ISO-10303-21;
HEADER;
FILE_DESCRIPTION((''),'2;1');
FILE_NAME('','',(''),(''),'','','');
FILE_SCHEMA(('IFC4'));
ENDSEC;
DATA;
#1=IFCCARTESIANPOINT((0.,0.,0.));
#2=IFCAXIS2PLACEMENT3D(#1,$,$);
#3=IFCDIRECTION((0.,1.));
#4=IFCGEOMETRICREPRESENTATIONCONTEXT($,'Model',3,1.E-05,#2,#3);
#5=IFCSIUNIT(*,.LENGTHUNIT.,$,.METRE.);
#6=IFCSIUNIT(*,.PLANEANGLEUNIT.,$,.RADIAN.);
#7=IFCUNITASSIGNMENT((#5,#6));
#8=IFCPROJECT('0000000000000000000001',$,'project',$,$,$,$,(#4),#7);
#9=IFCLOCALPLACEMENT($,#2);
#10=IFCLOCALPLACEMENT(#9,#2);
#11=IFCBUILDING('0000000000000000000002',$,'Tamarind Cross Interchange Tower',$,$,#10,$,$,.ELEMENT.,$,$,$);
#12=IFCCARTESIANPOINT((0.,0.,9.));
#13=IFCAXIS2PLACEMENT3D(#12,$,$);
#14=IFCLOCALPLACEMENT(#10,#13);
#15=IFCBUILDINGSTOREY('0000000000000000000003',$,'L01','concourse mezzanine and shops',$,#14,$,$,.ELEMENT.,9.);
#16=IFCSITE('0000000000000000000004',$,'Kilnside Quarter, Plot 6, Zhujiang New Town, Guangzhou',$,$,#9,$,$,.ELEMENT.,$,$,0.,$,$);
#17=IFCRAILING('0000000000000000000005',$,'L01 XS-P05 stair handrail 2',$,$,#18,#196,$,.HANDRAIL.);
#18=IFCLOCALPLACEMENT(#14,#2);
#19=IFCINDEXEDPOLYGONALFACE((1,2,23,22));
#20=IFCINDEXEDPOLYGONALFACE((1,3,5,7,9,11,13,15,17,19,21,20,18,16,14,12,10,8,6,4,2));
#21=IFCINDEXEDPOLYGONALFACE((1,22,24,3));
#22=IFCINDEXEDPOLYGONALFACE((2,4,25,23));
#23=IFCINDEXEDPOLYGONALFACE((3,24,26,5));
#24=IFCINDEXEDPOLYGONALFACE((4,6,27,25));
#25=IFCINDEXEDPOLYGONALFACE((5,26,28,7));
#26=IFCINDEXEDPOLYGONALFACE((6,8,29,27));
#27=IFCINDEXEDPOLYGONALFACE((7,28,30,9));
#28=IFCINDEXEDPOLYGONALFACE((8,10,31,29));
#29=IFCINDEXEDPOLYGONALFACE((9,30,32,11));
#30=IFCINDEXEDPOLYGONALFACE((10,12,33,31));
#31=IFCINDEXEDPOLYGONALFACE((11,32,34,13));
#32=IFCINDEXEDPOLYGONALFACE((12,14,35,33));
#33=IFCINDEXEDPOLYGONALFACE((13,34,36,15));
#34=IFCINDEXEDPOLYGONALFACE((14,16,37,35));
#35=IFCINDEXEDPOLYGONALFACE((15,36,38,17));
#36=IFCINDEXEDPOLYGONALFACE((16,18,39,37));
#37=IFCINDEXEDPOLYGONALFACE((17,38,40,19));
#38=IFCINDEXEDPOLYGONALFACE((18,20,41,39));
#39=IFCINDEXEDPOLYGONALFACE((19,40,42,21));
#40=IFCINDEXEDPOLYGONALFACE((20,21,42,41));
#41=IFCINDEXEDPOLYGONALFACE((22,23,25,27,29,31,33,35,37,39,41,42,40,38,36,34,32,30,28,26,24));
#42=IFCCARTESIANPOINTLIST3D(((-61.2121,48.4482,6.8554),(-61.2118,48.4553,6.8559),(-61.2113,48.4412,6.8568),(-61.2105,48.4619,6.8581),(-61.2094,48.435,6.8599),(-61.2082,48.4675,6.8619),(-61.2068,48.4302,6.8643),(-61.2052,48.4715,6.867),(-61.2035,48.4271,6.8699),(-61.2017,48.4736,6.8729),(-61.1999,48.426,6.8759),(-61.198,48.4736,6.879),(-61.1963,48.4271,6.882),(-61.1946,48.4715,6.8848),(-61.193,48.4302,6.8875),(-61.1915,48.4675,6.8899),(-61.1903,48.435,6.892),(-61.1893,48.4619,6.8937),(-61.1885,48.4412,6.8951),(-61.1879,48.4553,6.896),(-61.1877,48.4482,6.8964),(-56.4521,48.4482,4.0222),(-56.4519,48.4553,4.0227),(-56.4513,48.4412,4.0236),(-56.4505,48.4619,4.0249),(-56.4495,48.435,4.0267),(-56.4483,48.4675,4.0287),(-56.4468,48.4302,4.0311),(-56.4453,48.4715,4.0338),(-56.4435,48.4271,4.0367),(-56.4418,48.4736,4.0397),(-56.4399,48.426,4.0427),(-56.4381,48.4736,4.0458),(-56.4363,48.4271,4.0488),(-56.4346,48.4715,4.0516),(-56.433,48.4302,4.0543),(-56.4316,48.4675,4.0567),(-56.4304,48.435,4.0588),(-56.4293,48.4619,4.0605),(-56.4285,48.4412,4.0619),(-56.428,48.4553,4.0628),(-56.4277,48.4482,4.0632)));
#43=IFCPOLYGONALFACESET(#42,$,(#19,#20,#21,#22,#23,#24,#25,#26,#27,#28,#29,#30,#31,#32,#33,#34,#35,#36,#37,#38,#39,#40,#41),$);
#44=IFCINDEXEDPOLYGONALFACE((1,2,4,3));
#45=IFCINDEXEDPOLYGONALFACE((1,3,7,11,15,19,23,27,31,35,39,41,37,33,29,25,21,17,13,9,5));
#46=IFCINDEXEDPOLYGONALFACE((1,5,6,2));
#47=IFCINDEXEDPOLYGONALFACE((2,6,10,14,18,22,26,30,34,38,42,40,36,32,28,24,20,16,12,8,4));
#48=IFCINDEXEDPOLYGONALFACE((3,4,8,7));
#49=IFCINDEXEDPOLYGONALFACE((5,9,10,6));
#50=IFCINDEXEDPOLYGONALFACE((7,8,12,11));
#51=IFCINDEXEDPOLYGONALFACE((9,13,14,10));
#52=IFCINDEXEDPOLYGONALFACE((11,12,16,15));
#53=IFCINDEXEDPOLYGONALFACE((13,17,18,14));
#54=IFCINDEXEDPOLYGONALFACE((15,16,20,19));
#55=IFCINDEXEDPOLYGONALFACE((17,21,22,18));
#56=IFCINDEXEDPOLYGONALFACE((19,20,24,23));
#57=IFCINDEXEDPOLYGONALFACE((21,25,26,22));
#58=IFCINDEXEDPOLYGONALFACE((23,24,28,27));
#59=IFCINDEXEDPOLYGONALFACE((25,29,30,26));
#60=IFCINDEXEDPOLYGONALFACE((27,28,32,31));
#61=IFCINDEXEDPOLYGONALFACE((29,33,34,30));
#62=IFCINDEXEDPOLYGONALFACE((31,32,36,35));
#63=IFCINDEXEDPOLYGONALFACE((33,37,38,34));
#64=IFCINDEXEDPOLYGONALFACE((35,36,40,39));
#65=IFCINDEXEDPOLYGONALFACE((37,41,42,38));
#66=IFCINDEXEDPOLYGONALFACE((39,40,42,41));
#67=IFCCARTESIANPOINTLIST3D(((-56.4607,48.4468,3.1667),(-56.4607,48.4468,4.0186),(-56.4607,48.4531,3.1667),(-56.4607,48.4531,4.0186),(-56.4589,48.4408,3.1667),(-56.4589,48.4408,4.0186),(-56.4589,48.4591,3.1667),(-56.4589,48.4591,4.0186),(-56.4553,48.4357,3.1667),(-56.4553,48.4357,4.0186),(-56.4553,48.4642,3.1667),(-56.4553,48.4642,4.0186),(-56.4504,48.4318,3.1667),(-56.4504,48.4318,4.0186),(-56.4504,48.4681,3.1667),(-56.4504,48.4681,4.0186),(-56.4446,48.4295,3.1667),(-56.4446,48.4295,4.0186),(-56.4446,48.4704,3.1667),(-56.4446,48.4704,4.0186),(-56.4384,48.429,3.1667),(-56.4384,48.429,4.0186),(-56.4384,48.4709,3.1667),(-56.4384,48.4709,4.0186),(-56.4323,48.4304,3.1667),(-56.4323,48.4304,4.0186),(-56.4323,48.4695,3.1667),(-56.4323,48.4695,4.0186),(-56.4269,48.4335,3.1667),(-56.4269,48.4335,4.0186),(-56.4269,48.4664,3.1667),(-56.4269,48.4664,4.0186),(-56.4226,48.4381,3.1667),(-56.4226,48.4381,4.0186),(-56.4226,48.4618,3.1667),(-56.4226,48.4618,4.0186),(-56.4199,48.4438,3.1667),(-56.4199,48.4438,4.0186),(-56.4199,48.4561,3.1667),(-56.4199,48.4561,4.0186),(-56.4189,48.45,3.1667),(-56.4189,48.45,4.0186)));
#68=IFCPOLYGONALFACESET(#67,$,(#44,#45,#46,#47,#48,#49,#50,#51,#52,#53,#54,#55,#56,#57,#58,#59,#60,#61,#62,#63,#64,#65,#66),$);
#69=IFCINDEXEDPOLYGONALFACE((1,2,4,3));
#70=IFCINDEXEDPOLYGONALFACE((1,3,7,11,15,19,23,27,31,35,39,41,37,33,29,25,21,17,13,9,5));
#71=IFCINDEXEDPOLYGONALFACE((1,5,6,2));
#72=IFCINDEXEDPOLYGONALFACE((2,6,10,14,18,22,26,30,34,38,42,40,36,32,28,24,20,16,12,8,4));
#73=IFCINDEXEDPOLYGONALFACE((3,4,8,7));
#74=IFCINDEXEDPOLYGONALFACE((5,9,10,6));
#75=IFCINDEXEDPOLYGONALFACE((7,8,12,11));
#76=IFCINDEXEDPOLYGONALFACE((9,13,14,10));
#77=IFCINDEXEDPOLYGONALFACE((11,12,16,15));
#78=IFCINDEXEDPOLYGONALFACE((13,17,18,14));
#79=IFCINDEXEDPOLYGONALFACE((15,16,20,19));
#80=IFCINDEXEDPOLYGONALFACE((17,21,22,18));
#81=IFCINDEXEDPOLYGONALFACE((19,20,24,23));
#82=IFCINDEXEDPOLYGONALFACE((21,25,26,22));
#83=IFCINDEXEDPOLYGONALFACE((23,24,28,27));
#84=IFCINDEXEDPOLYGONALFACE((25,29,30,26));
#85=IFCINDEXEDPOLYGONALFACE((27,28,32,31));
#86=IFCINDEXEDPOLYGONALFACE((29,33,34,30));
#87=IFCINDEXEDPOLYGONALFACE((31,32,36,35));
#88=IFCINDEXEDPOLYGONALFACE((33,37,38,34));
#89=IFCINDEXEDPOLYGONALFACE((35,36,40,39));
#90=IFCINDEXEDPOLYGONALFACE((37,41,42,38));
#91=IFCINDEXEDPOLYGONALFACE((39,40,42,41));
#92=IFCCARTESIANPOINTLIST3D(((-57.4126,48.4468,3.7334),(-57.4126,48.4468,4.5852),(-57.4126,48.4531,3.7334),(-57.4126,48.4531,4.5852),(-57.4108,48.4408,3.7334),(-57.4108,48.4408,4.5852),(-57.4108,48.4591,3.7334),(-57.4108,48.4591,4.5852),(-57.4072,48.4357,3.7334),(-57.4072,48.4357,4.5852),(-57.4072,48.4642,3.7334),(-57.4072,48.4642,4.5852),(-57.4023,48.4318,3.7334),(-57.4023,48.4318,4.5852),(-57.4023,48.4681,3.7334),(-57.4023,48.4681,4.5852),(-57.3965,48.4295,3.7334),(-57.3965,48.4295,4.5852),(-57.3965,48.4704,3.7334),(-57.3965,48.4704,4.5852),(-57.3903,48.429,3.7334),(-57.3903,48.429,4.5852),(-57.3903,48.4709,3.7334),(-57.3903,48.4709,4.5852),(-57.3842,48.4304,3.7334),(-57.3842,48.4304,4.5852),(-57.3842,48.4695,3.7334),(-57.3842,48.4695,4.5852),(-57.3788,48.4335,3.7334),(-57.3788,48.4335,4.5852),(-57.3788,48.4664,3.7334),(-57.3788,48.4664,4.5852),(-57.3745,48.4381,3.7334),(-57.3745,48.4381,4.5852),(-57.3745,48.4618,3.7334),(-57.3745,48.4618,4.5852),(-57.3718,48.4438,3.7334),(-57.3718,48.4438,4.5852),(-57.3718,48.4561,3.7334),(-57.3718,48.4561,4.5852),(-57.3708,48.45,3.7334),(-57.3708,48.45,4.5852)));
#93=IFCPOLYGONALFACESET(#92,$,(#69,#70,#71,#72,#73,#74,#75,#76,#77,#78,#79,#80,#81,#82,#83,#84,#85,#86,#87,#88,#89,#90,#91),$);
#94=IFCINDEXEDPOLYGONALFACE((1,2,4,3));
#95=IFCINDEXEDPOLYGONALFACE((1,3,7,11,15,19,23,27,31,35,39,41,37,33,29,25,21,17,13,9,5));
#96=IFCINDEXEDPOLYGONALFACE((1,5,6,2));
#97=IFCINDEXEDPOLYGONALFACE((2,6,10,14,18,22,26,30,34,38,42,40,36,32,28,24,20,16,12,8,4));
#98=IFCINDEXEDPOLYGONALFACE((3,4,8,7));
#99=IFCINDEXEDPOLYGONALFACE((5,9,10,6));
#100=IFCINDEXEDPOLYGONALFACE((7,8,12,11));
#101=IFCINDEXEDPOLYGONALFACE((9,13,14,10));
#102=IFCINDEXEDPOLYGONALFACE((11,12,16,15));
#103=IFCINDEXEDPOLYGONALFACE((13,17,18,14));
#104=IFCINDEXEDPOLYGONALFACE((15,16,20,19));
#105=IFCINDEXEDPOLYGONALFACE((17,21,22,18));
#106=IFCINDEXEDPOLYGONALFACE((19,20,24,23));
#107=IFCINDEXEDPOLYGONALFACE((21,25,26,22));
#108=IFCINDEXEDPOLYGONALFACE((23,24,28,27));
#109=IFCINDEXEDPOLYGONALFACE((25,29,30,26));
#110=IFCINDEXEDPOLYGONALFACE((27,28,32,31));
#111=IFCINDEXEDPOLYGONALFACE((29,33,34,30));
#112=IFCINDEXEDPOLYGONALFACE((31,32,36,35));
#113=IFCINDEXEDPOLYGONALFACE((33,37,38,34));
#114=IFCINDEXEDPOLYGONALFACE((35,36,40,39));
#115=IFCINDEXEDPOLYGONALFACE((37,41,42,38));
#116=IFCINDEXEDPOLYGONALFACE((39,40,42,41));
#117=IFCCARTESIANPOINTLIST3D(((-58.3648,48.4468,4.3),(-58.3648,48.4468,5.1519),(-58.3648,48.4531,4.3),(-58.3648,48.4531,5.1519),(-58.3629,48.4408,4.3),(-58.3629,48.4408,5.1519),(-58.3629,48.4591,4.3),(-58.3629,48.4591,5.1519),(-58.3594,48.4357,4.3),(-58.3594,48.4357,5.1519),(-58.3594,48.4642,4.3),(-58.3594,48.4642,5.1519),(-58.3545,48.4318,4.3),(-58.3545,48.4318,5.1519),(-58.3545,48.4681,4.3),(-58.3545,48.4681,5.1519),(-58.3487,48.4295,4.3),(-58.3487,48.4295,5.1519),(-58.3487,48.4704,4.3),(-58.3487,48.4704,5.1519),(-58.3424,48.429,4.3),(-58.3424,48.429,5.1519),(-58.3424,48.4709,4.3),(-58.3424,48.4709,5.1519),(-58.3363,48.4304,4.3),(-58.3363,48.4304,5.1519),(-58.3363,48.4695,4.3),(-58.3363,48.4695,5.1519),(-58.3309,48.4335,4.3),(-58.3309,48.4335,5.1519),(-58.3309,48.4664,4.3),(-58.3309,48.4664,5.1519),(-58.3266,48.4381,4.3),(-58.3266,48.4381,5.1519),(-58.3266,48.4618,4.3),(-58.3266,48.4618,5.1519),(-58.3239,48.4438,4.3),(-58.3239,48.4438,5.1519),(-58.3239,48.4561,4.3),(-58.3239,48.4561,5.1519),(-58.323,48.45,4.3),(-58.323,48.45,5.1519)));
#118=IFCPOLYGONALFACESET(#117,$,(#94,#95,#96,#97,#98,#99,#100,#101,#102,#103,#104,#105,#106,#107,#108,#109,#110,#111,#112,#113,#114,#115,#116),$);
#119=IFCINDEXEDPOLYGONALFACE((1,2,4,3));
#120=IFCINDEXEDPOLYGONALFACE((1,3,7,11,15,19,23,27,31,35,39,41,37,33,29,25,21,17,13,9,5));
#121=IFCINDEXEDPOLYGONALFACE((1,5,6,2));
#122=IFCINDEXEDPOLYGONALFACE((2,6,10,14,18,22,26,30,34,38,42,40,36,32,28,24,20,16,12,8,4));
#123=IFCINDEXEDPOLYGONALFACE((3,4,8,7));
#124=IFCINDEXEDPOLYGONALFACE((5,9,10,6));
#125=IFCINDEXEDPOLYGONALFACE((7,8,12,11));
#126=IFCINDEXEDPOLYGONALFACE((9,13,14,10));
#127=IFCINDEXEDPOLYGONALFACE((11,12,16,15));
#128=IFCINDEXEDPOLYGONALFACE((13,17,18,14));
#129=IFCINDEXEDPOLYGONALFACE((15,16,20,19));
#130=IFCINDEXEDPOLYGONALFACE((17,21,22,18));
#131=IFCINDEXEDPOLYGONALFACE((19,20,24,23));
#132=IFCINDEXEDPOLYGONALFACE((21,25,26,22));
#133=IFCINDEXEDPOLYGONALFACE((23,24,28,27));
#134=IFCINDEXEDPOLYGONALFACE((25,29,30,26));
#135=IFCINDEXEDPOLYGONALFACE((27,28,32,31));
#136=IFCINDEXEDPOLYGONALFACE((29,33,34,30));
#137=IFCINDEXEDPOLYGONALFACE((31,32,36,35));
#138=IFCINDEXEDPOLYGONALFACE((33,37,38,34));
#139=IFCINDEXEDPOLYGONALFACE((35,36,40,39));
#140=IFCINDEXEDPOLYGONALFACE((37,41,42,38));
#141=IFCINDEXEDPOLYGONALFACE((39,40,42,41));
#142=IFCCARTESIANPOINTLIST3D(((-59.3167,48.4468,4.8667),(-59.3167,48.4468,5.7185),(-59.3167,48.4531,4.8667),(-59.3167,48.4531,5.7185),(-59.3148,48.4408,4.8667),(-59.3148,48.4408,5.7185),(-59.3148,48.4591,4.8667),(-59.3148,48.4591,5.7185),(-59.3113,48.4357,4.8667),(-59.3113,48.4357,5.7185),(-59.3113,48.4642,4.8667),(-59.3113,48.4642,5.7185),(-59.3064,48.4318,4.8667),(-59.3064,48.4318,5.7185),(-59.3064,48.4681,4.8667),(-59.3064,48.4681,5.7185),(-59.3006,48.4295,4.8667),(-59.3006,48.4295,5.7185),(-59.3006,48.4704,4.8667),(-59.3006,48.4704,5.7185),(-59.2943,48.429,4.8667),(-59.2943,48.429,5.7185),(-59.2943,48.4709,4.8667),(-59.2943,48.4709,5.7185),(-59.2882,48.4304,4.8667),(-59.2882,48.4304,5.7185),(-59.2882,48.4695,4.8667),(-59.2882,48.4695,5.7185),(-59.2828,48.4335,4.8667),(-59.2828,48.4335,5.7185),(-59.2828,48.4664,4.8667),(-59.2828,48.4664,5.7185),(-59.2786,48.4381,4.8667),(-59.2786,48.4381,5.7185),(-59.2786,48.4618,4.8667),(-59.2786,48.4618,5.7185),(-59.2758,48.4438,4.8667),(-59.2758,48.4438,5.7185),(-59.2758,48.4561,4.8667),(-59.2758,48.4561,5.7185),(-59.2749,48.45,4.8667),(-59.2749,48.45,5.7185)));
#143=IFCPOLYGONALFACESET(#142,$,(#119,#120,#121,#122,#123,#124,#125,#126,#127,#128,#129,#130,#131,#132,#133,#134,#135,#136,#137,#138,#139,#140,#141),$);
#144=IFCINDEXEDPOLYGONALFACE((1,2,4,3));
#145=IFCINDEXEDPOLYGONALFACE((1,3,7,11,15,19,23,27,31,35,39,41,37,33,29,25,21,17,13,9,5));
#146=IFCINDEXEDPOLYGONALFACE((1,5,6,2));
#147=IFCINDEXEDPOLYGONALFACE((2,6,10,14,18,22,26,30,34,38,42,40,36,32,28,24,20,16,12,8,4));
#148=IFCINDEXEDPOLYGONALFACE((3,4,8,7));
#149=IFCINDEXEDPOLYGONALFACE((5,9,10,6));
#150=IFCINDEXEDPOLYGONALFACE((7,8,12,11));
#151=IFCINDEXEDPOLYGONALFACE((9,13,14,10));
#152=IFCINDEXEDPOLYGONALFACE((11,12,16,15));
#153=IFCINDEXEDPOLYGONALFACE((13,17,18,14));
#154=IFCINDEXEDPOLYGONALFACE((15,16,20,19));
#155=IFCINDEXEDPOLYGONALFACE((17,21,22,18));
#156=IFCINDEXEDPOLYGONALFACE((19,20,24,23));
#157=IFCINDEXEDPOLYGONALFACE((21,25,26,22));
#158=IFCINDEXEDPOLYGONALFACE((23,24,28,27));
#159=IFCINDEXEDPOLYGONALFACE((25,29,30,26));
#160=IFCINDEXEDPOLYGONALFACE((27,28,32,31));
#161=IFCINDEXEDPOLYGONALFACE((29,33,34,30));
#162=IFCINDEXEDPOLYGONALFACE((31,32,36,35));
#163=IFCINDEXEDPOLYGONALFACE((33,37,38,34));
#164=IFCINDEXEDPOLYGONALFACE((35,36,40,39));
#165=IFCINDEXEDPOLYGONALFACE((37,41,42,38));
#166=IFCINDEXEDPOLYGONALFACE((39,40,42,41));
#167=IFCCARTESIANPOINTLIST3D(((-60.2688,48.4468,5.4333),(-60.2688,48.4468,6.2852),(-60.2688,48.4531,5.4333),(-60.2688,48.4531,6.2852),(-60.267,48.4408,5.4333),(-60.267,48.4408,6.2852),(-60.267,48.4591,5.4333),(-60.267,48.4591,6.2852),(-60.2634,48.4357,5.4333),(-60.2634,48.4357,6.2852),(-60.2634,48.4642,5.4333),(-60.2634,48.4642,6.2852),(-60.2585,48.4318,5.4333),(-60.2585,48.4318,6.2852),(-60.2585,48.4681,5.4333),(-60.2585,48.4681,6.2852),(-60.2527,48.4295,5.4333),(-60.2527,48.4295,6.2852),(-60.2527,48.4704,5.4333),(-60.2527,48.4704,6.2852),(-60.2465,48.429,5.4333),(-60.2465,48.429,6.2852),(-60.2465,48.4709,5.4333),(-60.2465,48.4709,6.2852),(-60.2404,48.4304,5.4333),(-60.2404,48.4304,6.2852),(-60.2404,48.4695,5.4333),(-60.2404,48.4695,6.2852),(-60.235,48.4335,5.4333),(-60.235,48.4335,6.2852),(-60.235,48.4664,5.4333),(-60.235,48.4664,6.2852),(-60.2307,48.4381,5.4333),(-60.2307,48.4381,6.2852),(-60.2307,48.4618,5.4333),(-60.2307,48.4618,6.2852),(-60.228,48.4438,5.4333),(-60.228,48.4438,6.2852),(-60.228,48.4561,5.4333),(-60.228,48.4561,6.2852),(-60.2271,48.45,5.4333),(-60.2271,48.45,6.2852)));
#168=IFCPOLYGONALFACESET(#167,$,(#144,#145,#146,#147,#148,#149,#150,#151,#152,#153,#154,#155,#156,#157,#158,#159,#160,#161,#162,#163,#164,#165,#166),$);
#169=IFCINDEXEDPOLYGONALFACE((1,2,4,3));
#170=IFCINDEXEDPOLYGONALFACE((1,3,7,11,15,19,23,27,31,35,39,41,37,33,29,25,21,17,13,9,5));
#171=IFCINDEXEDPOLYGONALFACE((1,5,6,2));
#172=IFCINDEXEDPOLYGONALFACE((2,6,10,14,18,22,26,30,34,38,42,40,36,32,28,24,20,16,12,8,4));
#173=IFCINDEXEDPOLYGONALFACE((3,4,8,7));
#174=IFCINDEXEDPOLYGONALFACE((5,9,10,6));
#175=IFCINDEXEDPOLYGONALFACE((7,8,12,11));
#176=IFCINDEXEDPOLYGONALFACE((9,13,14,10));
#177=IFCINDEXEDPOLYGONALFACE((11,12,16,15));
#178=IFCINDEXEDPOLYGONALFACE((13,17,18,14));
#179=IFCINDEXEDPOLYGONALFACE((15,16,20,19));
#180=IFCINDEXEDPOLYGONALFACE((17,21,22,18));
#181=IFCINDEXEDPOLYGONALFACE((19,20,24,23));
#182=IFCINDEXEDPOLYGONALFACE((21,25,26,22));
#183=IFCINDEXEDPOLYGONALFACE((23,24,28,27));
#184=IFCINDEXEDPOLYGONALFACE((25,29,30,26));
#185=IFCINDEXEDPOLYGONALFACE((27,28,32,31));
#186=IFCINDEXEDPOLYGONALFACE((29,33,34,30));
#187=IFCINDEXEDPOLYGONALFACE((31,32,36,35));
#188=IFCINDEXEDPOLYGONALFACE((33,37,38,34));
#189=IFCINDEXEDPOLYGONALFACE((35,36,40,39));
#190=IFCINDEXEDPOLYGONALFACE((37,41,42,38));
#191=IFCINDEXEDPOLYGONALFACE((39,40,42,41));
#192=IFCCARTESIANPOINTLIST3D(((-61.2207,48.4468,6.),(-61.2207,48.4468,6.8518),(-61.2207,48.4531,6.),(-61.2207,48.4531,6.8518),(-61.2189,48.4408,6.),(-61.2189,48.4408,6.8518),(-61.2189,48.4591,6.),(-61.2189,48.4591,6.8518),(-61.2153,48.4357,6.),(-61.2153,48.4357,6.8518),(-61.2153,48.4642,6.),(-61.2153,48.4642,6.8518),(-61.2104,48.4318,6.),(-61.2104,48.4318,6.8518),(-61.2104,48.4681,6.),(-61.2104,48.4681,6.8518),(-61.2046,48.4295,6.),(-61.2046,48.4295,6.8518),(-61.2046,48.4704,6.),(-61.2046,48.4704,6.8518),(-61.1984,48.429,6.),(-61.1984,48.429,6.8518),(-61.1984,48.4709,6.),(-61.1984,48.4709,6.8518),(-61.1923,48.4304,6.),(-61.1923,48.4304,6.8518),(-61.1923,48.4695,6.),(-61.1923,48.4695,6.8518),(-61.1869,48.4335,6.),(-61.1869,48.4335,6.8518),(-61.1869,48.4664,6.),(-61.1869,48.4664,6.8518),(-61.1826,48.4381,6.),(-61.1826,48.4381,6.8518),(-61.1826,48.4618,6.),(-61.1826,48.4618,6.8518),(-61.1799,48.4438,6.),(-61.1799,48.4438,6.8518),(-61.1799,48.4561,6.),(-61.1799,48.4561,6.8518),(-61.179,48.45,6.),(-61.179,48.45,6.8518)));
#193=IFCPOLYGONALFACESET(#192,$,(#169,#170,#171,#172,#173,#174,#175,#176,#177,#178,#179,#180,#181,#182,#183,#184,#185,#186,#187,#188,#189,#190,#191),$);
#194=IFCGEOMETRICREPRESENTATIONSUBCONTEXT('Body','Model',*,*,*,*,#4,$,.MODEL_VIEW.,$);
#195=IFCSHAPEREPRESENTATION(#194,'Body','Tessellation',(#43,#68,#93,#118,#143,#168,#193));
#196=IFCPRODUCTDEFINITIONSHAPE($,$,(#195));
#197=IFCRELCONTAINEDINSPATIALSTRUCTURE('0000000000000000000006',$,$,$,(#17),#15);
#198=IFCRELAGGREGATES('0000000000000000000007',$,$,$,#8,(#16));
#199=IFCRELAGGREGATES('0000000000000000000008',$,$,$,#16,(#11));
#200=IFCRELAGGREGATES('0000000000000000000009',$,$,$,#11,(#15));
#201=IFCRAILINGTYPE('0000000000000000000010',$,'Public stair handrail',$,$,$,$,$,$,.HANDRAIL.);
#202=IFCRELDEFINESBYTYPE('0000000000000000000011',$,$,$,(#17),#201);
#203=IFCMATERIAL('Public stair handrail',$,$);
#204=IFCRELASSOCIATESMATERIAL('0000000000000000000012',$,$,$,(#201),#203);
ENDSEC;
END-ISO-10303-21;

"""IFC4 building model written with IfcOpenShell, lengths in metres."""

from ifc_helpers import new_model, si_unit, direction, frame, origin, origin_2d, place, context, subcontext, project, spatial, circle, extrude, material, type_object, element, save


model = new_model("IFC4")

# Units and contexts
model_context = context("Model", 3, precision=1e-05, world=origin(), true_north=direction((0.0, 1.0)))
body_context = subcontext(model_context, "Body", "Model", "MODEL_VIEW")
ifc_project = project(units=[si_unit("LENGTHUNIT", "METRE"), si_unit("PLANEANGLEUNIT", "RADIAN")], contexts=[model_context])

# Site, building, storey
site_placement = place(None, origin())
site = spatial("IfcSite", under=ifc_project, at=site_placement, Name="Kilnside Quarter, Plot 6, Zhujiang New Town, Guangzhou", CompositionType="ELEMENT", RefElevation=0.0)
building_placement = place(site_placement, origin())
building = spatial("IfcBuilding", under=site, at=building_placement, Name="Tamarind Cross Interchange Tower", CompositionType="ELEMENT")
storey_placement = place(building_placement, frame((0.0, 0.0, 9.0)))
storey = spatial("IfcBuildingStorey", under=building, at=storey_placement, Name="L01", Description="concourse mezzanine and shops", CompositionType="ELEMENT", Elevation=9.0)

# Railing
ifc_material_1 = material(Name="Public stair handrail")
railing_type_1 = type_object("IfcRailingType", Name="Public stair handrail", PredefinedType="HANDRAIL", material=ifc_material_1)
railing_1_placement = place(storey_placement, frame((-56.4399, 48.45, 3.1667)))
element("IfcRailing", 1, at=railing_1_placement, inside=storey, type_object=railing_type_1, Name="L01 XS-P05 stair handrail 2", PredefinedType="HANDRAIL", context=body_context, shape_type="SweptSolid", body=[
    extrude(circle(Radius=0.0239, at=origin_2d()), frame((0.0, 0.0, 0.876), z_axis=(-0.8593, 0.0, 0.511472), x_axis=(0.0, -1.0, 0.0)), (0.0, 0.0, 1.0), 5.5393),
    extrude(circle(Radius=0.021, at=origin_2d()), origin(), (0.0, 0.0, 1.0), 0.8518),
    extrude(circle(Radius=0.021, at=origin_2d()), frame((-0.9519, 0.0, 0.5667)), (0.0, 0.0, 1.0), 0.8518),
    extrude(circle(Radius=0.021, at=origin_2d()), frame((-1.9041, 0.0, 1.1333)), (0.0, 0.0, 1.0), 0.8518),
    extrude(circle(Radius=0.021, at=origin_2d()), frame((-2.856, 0.0, 1.7)), (0.0, 0.0, 1.0), 0.8518),
    extrude(circle(Radius=0.021, at=origin_2d()), frame((-3.8081, 0.0, 2.2666)), (0.0, 0.0, 1.0), 0.8518),
    extrude(circle(Radius=0.021, at=origin_2d()), frame((-4.76, 0.0, 2.8333)), (0.0, 0.0, 1.0), 0.8518),
])

save(model, "model.ifc")
